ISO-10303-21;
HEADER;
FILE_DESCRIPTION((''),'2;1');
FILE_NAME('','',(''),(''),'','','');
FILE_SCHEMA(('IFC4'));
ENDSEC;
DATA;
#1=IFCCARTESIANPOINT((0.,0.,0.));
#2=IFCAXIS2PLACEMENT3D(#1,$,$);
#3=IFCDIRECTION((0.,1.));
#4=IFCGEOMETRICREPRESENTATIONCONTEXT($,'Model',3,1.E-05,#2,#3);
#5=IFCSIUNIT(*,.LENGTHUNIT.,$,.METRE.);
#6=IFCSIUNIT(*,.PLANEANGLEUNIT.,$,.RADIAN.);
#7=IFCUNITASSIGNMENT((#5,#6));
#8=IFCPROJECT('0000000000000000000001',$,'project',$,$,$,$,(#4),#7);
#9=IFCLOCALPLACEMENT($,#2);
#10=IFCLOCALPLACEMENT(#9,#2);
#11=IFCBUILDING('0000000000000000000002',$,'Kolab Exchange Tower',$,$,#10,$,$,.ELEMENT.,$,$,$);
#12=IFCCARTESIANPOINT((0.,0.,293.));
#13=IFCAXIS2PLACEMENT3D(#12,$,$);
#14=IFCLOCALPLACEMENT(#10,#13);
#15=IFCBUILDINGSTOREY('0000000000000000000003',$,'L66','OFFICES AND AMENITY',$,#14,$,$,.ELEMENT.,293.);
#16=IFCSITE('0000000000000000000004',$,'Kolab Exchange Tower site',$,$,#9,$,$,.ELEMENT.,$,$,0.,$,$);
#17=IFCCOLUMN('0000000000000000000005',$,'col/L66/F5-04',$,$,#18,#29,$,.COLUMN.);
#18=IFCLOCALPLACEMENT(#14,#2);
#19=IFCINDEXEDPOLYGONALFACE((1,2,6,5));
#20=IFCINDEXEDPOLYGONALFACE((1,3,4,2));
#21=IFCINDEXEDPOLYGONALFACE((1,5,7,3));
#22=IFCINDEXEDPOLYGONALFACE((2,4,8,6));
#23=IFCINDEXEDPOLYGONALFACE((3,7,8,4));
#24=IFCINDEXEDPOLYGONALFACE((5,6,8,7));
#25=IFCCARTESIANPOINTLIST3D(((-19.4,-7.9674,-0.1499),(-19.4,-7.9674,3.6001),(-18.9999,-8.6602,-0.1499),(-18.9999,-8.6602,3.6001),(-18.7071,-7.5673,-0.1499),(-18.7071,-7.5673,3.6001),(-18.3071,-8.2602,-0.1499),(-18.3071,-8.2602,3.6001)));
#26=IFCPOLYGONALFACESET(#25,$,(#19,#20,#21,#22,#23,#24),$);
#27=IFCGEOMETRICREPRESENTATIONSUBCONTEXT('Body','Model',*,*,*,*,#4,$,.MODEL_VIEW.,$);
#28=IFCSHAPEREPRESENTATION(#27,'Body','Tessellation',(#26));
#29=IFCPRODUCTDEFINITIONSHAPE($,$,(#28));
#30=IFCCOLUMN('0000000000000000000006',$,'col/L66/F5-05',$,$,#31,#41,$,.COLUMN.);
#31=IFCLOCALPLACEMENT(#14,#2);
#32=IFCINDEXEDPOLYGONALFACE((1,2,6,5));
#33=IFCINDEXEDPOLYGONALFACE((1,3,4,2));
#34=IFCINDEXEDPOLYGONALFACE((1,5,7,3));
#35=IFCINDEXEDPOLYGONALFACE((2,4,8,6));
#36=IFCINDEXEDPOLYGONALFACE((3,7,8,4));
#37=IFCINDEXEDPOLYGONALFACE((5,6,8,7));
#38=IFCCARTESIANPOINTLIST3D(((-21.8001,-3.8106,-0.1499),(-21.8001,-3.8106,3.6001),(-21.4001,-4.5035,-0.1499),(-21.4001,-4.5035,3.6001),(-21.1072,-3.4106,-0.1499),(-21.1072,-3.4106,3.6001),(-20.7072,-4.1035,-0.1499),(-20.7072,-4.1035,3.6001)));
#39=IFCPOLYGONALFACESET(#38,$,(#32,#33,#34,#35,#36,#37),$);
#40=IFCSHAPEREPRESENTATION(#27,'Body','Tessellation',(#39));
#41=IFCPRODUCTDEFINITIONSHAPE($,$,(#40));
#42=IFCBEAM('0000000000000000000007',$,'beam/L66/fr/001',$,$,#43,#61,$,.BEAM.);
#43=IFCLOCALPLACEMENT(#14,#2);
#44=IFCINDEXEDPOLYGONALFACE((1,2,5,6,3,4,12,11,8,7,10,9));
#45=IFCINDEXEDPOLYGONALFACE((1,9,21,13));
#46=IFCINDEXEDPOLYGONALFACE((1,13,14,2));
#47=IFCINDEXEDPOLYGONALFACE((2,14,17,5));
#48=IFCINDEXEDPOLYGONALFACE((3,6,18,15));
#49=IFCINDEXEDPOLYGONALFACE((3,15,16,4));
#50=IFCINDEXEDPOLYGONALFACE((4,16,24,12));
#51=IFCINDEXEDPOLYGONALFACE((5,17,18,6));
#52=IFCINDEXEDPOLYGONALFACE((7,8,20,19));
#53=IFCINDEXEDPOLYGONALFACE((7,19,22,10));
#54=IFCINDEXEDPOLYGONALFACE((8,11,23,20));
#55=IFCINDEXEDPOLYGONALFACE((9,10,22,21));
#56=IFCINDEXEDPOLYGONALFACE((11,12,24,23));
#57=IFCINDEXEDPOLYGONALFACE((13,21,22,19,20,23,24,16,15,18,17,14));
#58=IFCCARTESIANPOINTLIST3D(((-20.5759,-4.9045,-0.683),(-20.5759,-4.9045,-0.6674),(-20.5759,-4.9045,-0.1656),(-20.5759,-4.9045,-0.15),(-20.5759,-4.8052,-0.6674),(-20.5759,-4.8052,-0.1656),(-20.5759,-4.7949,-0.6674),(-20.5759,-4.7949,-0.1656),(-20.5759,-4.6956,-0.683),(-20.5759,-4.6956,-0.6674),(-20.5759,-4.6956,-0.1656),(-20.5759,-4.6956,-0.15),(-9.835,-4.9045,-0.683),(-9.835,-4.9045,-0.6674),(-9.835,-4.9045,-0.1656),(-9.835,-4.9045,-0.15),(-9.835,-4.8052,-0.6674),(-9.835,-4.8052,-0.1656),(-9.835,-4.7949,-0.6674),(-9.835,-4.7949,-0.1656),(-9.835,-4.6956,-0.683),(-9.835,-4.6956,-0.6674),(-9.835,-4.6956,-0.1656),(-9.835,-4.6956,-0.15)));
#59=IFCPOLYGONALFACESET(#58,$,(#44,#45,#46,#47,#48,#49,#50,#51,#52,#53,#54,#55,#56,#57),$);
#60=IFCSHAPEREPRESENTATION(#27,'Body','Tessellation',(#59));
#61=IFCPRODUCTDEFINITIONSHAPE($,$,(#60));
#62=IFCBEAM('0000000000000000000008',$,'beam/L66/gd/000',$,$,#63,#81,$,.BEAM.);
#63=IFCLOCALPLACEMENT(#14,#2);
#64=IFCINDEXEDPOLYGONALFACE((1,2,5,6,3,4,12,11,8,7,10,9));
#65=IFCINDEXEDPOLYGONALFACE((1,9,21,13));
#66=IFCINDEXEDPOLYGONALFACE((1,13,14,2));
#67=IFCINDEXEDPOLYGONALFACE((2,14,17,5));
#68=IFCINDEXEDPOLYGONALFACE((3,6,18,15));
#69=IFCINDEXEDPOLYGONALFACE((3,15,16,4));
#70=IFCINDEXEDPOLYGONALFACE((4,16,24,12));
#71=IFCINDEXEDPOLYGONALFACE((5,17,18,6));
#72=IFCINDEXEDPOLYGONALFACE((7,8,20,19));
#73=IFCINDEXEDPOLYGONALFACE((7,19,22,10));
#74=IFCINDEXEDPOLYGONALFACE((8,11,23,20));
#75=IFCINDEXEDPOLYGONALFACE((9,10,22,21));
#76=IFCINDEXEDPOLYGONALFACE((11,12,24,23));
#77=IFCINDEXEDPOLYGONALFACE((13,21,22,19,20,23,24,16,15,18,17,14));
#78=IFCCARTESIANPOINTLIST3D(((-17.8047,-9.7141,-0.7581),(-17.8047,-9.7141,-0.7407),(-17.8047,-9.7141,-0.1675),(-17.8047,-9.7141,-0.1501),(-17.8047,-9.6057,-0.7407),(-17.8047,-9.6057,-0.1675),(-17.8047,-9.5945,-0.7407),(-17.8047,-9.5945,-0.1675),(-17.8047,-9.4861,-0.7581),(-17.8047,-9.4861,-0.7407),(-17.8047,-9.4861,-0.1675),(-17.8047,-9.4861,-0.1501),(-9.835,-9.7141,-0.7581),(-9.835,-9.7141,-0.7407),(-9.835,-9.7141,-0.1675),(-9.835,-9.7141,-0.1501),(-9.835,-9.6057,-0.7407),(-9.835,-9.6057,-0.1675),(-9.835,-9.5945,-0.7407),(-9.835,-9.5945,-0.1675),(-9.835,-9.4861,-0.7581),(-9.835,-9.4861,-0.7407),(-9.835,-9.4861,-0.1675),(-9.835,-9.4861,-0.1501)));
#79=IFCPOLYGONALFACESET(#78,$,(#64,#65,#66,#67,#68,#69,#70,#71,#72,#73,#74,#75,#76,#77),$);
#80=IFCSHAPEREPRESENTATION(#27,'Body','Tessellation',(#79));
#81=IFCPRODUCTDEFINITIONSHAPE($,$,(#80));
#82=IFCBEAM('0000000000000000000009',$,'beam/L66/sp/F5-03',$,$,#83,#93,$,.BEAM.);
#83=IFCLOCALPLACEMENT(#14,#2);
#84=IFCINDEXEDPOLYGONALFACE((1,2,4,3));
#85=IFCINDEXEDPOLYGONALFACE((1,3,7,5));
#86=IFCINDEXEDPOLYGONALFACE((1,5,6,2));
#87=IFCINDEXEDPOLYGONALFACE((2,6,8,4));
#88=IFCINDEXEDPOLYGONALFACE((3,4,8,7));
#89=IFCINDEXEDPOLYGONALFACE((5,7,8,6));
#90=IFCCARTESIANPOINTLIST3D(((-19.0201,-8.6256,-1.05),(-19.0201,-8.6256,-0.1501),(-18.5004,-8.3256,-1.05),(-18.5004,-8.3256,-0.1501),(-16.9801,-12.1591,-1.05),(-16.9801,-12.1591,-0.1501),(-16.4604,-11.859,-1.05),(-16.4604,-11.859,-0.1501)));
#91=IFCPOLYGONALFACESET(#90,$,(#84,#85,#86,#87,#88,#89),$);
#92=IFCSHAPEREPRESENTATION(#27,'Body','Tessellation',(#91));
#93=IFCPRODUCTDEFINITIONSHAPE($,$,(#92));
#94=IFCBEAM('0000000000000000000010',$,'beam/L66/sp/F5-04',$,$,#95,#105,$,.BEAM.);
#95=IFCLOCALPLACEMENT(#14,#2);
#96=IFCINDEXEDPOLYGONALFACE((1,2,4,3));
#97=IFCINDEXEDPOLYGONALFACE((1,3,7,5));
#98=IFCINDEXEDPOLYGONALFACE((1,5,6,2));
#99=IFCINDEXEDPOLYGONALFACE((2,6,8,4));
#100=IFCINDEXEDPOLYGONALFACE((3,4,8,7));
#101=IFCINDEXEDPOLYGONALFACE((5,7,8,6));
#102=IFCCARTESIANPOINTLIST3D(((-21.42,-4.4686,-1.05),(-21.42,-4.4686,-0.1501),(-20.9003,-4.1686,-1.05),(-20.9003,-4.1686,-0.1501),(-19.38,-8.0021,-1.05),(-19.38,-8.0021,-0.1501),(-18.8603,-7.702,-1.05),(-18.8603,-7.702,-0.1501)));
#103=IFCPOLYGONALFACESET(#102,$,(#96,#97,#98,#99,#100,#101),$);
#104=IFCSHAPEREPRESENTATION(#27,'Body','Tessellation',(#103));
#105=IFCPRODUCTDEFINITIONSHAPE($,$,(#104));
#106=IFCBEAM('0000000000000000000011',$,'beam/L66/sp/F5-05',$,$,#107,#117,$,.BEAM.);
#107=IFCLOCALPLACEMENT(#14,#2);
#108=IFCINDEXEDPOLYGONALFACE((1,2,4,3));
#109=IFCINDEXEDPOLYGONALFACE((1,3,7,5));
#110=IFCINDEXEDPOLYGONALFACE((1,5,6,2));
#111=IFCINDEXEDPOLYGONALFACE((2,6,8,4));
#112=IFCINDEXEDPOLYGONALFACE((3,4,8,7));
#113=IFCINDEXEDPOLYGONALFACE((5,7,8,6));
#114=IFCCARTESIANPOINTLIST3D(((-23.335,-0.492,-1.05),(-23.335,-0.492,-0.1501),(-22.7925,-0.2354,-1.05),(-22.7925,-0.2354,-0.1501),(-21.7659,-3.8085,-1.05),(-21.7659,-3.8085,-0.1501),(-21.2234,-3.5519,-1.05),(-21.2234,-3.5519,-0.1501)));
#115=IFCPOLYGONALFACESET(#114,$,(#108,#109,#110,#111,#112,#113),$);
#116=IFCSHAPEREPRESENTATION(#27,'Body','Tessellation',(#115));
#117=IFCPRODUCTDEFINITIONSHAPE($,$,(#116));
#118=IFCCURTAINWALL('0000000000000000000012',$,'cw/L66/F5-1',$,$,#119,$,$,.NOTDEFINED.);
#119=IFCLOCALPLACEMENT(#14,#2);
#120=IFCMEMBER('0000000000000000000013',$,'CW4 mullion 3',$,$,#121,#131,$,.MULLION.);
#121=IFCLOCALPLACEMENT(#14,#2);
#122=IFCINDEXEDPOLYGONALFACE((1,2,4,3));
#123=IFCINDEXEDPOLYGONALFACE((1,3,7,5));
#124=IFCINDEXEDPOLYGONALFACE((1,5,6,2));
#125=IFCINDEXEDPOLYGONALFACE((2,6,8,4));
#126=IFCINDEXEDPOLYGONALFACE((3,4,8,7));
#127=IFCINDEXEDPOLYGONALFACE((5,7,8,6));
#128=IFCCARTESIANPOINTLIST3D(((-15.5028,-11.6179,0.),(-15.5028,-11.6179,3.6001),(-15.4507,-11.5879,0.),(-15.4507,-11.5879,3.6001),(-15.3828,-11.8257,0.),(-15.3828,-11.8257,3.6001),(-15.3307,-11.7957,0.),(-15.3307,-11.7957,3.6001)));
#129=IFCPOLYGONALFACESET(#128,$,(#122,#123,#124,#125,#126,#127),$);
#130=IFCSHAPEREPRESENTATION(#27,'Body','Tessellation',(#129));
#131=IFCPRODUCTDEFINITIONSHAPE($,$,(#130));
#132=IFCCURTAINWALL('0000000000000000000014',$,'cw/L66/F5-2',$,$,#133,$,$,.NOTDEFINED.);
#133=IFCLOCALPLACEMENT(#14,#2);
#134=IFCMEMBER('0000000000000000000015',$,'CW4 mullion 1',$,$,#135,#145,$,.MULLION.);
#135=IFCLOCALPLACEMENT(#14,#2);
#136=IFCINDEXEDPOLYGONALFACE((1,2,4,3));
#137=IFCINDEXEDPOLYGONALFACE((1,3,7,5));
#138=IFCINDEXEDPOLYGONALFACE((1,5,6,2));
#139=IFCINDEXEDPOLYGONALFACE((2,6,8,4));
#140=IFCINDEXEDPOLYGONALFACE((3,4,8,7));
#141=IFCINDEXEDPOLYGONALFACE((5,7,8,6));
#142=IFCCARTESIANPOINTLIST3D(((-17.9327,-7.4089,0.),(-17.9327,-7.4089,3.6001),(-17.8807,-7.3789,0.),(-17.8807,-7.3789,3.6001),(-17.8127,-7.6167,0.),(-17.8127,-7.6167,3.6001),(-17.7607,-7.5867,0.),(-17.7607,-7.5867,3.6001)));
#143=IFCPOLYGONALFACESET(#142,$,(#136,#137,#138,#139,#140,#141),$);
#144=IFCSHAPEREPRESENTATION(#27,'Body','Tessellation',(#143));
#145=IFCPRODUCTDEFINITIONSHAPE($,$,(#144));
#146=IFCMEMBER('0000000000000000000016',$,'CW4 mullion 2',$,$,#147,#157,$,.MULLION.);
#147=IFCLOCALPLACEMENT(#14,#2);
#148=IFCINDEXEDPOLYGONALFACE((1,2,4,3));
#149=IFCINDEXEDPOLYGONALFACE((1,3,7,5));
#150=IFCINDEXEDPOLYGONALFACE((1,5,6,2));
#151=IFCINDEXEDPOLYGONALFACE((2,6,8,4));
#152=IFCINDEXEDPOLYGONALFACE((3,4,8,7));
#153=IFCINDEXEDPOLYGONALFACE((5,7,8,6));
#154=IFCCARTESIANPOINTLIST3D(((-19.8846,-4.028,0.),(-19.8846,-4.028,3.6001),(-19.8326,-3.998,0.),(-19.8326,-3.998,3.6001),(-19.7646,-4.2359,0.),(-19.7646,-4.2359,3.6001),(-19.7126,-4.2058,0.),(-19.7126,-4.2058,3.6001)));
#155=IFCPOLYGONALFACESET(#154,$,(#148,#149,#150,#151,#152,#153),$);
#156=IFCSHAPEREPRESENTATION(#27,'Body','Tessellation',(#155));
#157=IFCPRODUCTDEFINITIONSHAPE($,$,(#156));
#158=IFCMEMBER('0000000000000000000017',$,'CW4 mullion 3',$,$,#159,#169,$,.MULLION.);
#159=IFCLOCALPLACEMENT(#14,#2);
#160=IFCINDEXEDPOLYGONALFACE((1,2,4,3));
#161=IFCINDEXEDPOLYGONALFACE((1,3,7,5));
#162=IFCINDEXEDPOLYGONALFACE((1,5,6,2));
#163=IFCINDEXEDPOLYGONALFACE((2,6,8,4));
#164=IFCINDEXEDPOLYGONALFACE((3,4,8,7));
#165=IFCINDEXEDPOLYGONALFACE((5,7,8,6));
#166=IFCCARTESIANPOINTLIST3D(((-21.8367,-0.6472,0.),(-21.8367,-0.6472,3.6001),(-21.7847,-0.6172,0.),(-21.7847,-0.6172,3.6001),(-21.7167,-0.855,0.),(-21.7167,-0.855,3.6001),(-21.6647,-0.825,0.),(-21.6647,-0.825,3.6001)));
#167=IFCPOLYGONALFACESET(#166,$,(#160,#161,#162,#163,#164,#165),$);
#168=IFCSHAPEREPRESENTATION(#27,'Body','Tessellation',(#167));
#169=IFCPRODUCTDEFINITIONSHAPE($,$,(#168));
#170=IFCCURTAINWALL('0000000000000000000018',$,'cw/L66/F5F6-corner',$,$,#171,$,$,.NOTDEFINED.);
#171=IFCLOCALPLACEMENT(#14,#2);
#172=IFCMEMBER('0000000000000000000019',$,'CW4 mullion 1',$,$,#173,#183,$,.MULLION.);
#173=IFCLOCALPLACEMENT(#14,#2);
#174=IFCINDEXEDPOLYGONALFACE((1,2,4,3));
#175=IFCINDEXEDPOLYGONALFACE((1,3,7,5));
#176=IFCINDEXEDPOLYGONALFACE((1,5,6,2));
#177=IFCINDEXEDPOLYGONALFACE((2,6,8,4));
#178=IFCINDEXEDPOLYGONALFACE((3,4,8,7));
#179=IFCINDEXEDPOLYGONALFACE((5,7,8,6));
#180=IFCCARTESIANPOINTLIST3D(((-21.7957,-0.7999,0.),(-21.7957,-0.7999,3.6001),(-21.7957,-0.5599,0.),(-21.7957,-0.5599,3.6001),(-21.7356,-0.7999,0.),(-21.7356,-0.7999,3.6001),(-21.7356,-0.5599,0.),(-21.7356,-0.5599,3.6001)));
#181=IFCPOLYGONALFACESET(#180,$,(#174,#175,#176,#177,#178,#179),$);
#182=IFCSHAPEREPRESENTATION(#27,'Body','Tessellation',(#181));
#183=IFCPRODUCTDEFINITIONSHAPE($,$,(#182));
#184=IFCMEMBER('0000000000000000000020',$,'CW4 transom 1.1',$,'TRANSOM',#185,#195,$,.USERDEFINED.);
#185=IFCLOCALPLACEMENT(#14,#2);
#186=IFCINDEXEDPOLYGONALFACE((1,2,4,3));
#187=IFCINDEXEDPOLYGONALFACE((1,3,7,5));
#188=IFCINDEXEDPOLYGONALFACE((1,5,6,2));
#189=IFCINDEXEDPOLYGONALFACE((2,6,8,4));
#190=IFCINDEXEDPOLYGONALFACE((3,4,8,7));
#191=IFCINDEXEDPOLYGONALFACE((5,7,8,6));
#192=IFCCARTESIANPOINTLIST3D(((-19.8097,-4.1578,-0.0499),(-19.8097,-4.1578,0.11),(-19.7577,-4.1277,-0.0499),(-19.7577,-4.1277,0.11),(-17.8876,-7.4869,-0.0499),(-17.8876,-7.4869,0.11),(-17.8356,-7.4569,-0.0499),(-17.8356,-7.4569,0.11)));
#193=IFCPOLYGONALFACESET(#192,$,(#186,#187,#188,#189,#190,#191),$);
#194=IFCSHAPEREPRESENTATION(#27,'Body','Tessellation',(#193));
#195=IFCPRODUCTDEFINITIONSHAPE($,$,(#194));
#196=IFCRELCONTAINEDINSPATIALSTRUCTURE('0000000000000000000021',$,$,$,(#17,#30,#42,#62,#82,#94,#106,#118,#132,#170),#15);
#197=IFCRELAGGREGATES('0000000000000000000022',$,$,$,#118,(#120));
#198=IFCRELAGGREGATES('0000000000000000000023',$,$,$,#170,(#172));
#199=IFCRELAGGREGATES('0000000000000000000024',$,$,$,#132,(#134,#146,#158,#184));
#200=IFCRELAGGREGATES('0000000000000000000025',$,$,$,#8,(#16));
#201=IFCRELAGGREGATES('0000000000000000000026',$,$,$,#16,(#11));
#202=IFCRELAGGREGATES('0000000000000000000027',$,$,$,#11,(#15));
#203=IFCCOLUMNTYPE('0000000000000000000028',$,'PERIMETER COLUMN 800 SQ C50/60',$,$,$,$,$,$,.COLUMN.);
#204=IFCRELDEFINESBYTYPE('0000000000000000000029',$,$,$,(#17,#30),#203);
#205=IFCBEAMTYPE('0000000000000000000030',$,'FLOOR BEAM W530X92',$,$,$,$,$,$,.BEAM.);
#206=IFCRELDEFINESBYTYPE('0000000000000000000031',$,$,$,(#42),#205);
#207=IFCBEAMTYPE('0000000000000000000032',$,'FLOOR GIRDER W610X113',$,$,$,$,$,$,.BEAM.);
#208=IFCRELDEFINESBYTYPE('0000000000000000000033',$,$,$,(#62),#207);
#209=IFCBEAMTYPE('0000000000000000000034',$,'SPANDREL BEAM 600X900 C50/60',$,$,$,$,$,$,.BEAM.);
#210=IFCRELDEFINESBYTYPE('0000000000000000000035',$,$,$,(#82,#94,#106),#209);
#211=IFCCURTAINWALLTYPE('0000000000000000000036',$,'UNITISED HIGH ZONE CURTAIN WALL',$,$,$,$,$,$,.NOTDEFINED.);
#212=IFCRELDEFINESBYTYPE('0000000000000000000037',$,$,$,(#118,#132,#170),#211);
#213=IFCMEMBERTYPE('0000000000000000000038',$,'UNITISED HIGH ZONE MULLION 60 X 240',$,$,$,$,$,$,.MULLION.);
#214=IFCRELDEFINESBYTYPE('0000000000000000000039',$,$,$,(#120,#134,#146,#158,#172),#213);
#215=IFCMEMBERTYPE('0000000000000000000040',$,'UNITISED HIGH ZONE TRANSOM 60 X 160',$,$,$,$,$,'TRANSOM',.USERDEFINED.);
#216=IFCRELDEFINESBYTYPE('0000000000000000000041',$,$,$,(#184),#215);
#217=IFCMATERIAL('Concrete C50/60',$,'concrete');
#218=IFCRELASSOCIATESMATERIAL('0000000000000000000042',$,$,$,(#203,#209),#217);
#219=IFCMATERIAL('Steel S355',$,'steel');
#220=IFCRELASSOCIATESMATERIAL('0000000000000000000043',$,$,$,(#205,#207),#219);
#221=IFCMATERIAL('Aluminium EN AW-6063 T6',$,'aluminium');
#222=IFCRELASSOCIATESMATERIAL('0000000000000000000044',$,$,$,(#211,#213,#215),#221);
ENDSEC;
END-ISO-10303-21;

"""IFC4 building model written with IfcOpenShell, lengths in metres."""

from ifc_helpers import new_model, si_unit, direction, frame, origin, origin_2d, place, context, subcontext, project, spatial, rectangle, i_section, extrude, material, material_profile, profile_set, type_object, element, aggregate, save


model = new_model("IFC4")

# Units and contexts
model_context = context("Model", 3, precision=1e-05, world=origin(), true_north=direction((0.0, 1.0)))
body_context = subcontext(model_context, "Body", "Model", "MODEL_VIEW")
ifc_project = project(units=[si_unit("LENGTHUNIT", "METRE"), si_unit("PLANEANGLEUNIT", "RADIAN")], contexts=[model_context])

# Site, building, storey
site_placement = place(None, origin())
site = spatial("IfcSite", under=ifc_project, at=site_placement, Name="Kolab Exchange Tower site", CompositionType="ELEMENT", RefElevation=0.0)
building_placement = place(site_placement, origin())
building = spatial("IfcBuilding", under=site, at=building_placement, Name="Kolab Exchange Tower", CompositionType="ELEMENT")
storey_placement = place(building_placement, frame((0.0, 0.0, 293.0)))
storey = spatial("IfcBuildingStorey", under=building, at=storey_placement, Name="L66", Description="OFFICES AND AMENITY", CompositionType="ELEMENT", Elevation=293.0)

# Columns
ifc_material_1 = material(Name="Concrete C50/60", Category="concrete")
ifc_material_profile_1 = material_profile(ifc_material_1, rectangle(XDim=0.8, YDim=0.8, at=origin_2d()), Name="RC800")
ifc_profile_set_1 = profile_set([ifc_material_profile_1], Name="Concrete C50/60")
column_type = type_object("IfcColumnType", Name="PERIMETER COLUMN 800 SQ C50/60", PredefinedType="COLUMN", material=ifc_profile_set_1)
for number, where, z_axis, x_axis, name in (
    (1, (-18.8535, -8.1138, -0.1499), (0.0, 0.0, 1.0), (0.866025, 0.5, 0.0), "col/L66/F5-04"),
    (2, (-21.2537, -3.957, -0.1499), (0.0, 0.0, 1.0), (0.866025, 0.5, 0.0), "col/L66/F5-05"),
):
    element("IfcColumn", number, at=place(storey_placement, frame(where, z_axis=z_axis, x_axis=x_axis)), inside=storey, type_object=column_type, Name=name, PredefinedType="COLUMN", context=body_context, shape_type="SweptSolid", body=[
        extrude(rectangle(XDim=0.8, YDim=0.8, at=origin_2d()), origin(), (0.0, 0.0, 1.0), 3.75),
    ])

# Beams
ifc_material_2 = material(Name="Steel S355", Category="steel")
ifc_material_profile_2 = material_profile(ifc_material_2, i_section(OverallWidth=0.209, OverallDepth=0.533, WebThickness=0.0103, FlangeThickness=0.0156, at=origin_2d()), Name="W530X92")
ifc_profile_set_2 = profile_set([ifc_material_profile_2], Name="Steel S355")
beam_type_1 = type_object("IfcBeamType", Name="FLOOR BEAM W530X92", PredefinedType="BEAM", material=ifc_profile_set_2)
beam_1_placement = place(storey_placement, frame((-20.5759, -4.8, -0.4165), z_axis=(1.0, 0.0, 0.0), x_axis=(0.0, 1.0, 0.0)))
element("IfcBeam", 3, at=beam_1_placement, inside=storey, type_object=beam_type_1, Name="beam/L66/fr/001", PredefinedType="BEAM", context=body_context, shape_type="SweptSolid", body=[
    extrude(i_section(OverallWidth=0.209, OverallDepth=0.533, WebThickness=0.0103, FlangeThickness=0.0156, at=origin_2d()), origin(), (0.0, 0.0, 1.0), 10.741),
])
ifc_material_profile_3 = material_profile(ifc_material_2, i_section(OverallWidth=0.228, OverallDepth=0.6079, WebThickness=0.0112, FlangeThickness=0.0173, at=origin_2d()), Name="W610X113")
ifc_profile_set_3 = profile_set([ifc_material_profile_3], Name="Steel S355")
beam_type_2 = type_object("IfcBeamType", Name="FLOOR GIRDER W610X113", PredefinedType="BEAM", material=ifc_profile_set_3)
beam_2_placement = place(storey_placement, frame((-17.8047, -9.6001, -0.4541), z_axis=(1.0, 0.0, 0.0), x_axis=(0.0, 1.0, 0.0)))
element("IfcBeam", 4, at=beam_2_placement, inside=storey, type_object=beam_type_2, Name="beam/L66/gd/000", PredefinedType="BEAM", context=body_context, shape_type="SweptSolid", body=[
    extrude(i_section(OverallWidth=0.228, OverallDepth=0.6079, WebThickness=0.0112, FlangeThickness=0.0173, at=origin_2d()), origin(), (0.0, 0.0, 1.0), 7.9697),
])
ifc_material_profile_4 = material_profile(ifc_material_1, rectangle(XDim=0.6001, YDim=0.8999, at=origin_2d()), Name="RC600X900")
ifc_profile_set_4 = profile_set([ifc_material_profile_4], Name="Concrete C50/60")
beam_type_3 = type_object("IfcBeamType", Name="SPANDREL BEAM 600X900 C50/60", PredefinedType="BEAM", material=ifc_profile_set_4)
for number, where, z_axis, x_axis, name in (
    (5, (-16.7202, -12.009, -0.6001), (-0.5, 0.866025, 0.0), (-0.866025, -0.5, 0.0), "beam/L66/sp/F5-03"),
    (6, (-19.1201, -7.8521, -0.6001), (-0.5, 0.866025, 0.0), (-0.866025, -0.5, 0.0), "beam/L66/sp/F5-04"),
):
    element("IfcBeam", number, at=place(storey_placement, frame(where, z_axis=z_axis, x_axis=x_axis)), inside=storey, type_object=beam_type_3, Name=name, PredefinedType="BEAM", context=body_context, shape_type="SweptSolid", body=[
        extrude(rectangle(XDim=0.6001, YDim=0.8999, at=origin_2d()), origin(), (0.0, 0.0, 1.0), 4.0801),
    ])
beam_3_placement = place(storey_placement, frame((-21.4946, -3.6802, -0.6001), z_axis=(-0.427677, 0.903932, 0.0), x_axis=(-0.903932, -0.427677, 0.0)))
element("IfcBeam", 7, at=beam_3_placement, inside=storey, type_object=beam_type_3, Name="beam/L66/sp/F5-05", PredefinedType="BEAM", context=body_context, shape_type="SweptSolid", body=[
    extrude(rectangle(XDim=0.6001, YDim=0.8999, at=origin_2d()), origin(), (0.0, 0.0, 1.0), 3.6689),
])

# Curtain wall, member
ifc_material_3 = material(Name="Aluminium EN AW-6063 T6", Category="aluminium")
curtain_wall_type = type_object("IfcCurtainWallType", Name="UNITISED HIGH ZONE CURTAIN WALL", PredefinedType="NOTDEFINED", material=ifc_material_3)
curtain_wall_1_placement = place(storey_placement, origin())
curtain_wall_1 = element("IfcCurtainWall", 8, at=curtain_wall_1_placement, inside=storey, type_object=curtain_wall_type, Name="cw/L66/F5-1", PredefinedType="NOTDEFINED")
ifc_material_profile_5 = material_profile(ifc_material_3, rectangle(XDim=0.0601, YDim=0.24, at=origin_2d()), Name="RECT 60X240")
ifc_profile_set_5 = profile_set([ifc_material_profile_5], Name="Aluminium EN AW-6063 T6")
member_type_1 = type_object("IfcMemberType", Name="UNITISED HIGH ZONE MULLION 60 X 240", PredefinedType="MULLION", material=ifc_profile_set_5)
member_1_placement = place(storey_placement, frame((-15.4167, -11.7068, 0.0), z_axis=(0.0, 0.0, 1.0), x_axis=(-0.866025, -0.5, 0.0)))
member_1 = element("IfcMember", 9, at=member_1_placement, type_object=member_type_1, Name="CW4 mullion 3", PredefinedType="MULLION", context=body_context, shape_type="SweptSolid", body=[
    extrude(rectangle(XDim=0.0601, YDim=0.24, at=origin_2d()), origin(), (0.0, 0.0, 1.0), 3.6001),
])
aggregate(curtain_wall_1, [member_1])

# Curtain wall, members
curtain_wall_2_placement = place(storey_placement, origin())
curtain_wall_2 = element("IfcCurtainWall", 10, at=curtain_wall_2_placement, inside=storey, type_object=curtain_wall_type, Name="cw/L66/F5-2", PredefinedType="NOTDEFINED")
member_2_placement = place(storey_placement, frame((-17.8467, -7.4978, 0.0), z_axis=(0.0, 0.0, 1.0), x_axis=(-0.866025, -0.5, 0.0)))
member_2 = element("IfcMember", 11, at=member_2_placement, type_object=member_type_1, Name="CW4 mullion 1", PredefinedType="MULLION", context=body_context, shape_type="SweptSolid", body=[
    extrude(rectangle(XDim=0.0601, YDim=0.24, at=origin_2d()), origin(), (0.0, 0.0, 1.0), 3.6001),
])
member_3_placement = place(storey_placement, frame((-19.7986, -4.1169, 0.0), z_axis=(0.0, 0.0, 1.0), x_axis=(-0.866025, -0.5, 0.0)))
member_3 = element("IfcMember", 12, at=member_3_placement, type_object=member_type_1, Name="CW4 mullion 2", PredefinedType="MULLION", context=body_context, shape_type="SweptSolid", body=[
    extrude(rectangle(XDim=0.0601, YDim=0.24, at=origin_2d()), origin(), (0.0, 0.0, 1.0), 3.6001),
])
member_4_placement = place(storey_placement, frame((-21.7507, -0.7361, 0.0), z_axis=(0.0, 0.0, 1.0), x_axis=(-0.866025, -0.5, 0.0)))
member_4 = element("IfcMember", 13, at=member_4_placement, type_object=member_type_1, Name="CW4 mullion 3", PredefinedType="MULLION", context=body_context, shape_type="SweptSolid", body=[
    extrude(rectangle(XDim=0.0601, YDim=0.24, at=origin_2d()), origin(), (0.0, 0.0, 1.0), 3.6001),
])

# Curtain wall, member
curtain_wall_3_placement = place(storey_placement, origin())
curtain_wall_3 = element("IfcCurtainWall", 14, at=curtain_wall_3_placement, inside=storey, type_object=curtain_wall_type, Name="cw/L66/F5F6-corner", PredefinedType="NOTDEFINED")
member_5_placement = place(storey_placement, frame((-21.7656, -0.6799, 0.0), z_axis=(0.0, 0.0, 1.0), x_axis=(-1.0, 0.0, 0.0)))
member_5 = element("IfcMember", 15, at=member_5_placement, type_object=member_type_1, Name="CW4 mullion 1", PredefinedType="MULLION", context=body_context, shape_type="SweptSolid", body=[
    extrude(rectangle(XDim=0.0601, YDim=0.24, at=origin_2d()), origin(), (0.0, 0.0, 1.0), 3.6001),
])

# Member
ifc_material_profile_6 = material_profile(ifc_material_3, rectangle(XDim=0.0601, YDim=0.1599, at=origin_2d()), Name="RECT 60X160")
ifc_profile_set_6 = profile_set([ifc_material_profile_6], Name="Aluminium EN AW-6063 T6")
member_type_2 = type_object("IfcMemberType", Name="UNITISED HIGH ZONE TRANSOM 60 X 160", ElementType="TRANSOM", PredefinedType="USERDEFINED", material=ifc_profile_set_6)
member_6_placement = place(storey_placement, frame((-17.8616, -7.4719, 0.03), z_axis=(-0.500012, 0.866018, 0.0), x_axis=(-0.866018, -0.500012, 0.0)))
member_6 = element("IfcMember", 16, at=member_6_placement, type_object=member_type_2, Name="CW4 transom 1.1", ObjectType="TRANSOM", PredefinedType="USERDEFINED", context=body_context, shape_type="SweptSolid", body=[
    extrude(rectangle(XDim=0.0601, YDim=0.1599, at=origin_2d()), origin(), (0.0, 0.0, 1.0), 3.8442),
])
aggregate(curtain_wall_3, [member_5])

aggregate(curtain_wall_2, [member_2, member_3, member_4, member_6])

save(model, "model.ifc")
